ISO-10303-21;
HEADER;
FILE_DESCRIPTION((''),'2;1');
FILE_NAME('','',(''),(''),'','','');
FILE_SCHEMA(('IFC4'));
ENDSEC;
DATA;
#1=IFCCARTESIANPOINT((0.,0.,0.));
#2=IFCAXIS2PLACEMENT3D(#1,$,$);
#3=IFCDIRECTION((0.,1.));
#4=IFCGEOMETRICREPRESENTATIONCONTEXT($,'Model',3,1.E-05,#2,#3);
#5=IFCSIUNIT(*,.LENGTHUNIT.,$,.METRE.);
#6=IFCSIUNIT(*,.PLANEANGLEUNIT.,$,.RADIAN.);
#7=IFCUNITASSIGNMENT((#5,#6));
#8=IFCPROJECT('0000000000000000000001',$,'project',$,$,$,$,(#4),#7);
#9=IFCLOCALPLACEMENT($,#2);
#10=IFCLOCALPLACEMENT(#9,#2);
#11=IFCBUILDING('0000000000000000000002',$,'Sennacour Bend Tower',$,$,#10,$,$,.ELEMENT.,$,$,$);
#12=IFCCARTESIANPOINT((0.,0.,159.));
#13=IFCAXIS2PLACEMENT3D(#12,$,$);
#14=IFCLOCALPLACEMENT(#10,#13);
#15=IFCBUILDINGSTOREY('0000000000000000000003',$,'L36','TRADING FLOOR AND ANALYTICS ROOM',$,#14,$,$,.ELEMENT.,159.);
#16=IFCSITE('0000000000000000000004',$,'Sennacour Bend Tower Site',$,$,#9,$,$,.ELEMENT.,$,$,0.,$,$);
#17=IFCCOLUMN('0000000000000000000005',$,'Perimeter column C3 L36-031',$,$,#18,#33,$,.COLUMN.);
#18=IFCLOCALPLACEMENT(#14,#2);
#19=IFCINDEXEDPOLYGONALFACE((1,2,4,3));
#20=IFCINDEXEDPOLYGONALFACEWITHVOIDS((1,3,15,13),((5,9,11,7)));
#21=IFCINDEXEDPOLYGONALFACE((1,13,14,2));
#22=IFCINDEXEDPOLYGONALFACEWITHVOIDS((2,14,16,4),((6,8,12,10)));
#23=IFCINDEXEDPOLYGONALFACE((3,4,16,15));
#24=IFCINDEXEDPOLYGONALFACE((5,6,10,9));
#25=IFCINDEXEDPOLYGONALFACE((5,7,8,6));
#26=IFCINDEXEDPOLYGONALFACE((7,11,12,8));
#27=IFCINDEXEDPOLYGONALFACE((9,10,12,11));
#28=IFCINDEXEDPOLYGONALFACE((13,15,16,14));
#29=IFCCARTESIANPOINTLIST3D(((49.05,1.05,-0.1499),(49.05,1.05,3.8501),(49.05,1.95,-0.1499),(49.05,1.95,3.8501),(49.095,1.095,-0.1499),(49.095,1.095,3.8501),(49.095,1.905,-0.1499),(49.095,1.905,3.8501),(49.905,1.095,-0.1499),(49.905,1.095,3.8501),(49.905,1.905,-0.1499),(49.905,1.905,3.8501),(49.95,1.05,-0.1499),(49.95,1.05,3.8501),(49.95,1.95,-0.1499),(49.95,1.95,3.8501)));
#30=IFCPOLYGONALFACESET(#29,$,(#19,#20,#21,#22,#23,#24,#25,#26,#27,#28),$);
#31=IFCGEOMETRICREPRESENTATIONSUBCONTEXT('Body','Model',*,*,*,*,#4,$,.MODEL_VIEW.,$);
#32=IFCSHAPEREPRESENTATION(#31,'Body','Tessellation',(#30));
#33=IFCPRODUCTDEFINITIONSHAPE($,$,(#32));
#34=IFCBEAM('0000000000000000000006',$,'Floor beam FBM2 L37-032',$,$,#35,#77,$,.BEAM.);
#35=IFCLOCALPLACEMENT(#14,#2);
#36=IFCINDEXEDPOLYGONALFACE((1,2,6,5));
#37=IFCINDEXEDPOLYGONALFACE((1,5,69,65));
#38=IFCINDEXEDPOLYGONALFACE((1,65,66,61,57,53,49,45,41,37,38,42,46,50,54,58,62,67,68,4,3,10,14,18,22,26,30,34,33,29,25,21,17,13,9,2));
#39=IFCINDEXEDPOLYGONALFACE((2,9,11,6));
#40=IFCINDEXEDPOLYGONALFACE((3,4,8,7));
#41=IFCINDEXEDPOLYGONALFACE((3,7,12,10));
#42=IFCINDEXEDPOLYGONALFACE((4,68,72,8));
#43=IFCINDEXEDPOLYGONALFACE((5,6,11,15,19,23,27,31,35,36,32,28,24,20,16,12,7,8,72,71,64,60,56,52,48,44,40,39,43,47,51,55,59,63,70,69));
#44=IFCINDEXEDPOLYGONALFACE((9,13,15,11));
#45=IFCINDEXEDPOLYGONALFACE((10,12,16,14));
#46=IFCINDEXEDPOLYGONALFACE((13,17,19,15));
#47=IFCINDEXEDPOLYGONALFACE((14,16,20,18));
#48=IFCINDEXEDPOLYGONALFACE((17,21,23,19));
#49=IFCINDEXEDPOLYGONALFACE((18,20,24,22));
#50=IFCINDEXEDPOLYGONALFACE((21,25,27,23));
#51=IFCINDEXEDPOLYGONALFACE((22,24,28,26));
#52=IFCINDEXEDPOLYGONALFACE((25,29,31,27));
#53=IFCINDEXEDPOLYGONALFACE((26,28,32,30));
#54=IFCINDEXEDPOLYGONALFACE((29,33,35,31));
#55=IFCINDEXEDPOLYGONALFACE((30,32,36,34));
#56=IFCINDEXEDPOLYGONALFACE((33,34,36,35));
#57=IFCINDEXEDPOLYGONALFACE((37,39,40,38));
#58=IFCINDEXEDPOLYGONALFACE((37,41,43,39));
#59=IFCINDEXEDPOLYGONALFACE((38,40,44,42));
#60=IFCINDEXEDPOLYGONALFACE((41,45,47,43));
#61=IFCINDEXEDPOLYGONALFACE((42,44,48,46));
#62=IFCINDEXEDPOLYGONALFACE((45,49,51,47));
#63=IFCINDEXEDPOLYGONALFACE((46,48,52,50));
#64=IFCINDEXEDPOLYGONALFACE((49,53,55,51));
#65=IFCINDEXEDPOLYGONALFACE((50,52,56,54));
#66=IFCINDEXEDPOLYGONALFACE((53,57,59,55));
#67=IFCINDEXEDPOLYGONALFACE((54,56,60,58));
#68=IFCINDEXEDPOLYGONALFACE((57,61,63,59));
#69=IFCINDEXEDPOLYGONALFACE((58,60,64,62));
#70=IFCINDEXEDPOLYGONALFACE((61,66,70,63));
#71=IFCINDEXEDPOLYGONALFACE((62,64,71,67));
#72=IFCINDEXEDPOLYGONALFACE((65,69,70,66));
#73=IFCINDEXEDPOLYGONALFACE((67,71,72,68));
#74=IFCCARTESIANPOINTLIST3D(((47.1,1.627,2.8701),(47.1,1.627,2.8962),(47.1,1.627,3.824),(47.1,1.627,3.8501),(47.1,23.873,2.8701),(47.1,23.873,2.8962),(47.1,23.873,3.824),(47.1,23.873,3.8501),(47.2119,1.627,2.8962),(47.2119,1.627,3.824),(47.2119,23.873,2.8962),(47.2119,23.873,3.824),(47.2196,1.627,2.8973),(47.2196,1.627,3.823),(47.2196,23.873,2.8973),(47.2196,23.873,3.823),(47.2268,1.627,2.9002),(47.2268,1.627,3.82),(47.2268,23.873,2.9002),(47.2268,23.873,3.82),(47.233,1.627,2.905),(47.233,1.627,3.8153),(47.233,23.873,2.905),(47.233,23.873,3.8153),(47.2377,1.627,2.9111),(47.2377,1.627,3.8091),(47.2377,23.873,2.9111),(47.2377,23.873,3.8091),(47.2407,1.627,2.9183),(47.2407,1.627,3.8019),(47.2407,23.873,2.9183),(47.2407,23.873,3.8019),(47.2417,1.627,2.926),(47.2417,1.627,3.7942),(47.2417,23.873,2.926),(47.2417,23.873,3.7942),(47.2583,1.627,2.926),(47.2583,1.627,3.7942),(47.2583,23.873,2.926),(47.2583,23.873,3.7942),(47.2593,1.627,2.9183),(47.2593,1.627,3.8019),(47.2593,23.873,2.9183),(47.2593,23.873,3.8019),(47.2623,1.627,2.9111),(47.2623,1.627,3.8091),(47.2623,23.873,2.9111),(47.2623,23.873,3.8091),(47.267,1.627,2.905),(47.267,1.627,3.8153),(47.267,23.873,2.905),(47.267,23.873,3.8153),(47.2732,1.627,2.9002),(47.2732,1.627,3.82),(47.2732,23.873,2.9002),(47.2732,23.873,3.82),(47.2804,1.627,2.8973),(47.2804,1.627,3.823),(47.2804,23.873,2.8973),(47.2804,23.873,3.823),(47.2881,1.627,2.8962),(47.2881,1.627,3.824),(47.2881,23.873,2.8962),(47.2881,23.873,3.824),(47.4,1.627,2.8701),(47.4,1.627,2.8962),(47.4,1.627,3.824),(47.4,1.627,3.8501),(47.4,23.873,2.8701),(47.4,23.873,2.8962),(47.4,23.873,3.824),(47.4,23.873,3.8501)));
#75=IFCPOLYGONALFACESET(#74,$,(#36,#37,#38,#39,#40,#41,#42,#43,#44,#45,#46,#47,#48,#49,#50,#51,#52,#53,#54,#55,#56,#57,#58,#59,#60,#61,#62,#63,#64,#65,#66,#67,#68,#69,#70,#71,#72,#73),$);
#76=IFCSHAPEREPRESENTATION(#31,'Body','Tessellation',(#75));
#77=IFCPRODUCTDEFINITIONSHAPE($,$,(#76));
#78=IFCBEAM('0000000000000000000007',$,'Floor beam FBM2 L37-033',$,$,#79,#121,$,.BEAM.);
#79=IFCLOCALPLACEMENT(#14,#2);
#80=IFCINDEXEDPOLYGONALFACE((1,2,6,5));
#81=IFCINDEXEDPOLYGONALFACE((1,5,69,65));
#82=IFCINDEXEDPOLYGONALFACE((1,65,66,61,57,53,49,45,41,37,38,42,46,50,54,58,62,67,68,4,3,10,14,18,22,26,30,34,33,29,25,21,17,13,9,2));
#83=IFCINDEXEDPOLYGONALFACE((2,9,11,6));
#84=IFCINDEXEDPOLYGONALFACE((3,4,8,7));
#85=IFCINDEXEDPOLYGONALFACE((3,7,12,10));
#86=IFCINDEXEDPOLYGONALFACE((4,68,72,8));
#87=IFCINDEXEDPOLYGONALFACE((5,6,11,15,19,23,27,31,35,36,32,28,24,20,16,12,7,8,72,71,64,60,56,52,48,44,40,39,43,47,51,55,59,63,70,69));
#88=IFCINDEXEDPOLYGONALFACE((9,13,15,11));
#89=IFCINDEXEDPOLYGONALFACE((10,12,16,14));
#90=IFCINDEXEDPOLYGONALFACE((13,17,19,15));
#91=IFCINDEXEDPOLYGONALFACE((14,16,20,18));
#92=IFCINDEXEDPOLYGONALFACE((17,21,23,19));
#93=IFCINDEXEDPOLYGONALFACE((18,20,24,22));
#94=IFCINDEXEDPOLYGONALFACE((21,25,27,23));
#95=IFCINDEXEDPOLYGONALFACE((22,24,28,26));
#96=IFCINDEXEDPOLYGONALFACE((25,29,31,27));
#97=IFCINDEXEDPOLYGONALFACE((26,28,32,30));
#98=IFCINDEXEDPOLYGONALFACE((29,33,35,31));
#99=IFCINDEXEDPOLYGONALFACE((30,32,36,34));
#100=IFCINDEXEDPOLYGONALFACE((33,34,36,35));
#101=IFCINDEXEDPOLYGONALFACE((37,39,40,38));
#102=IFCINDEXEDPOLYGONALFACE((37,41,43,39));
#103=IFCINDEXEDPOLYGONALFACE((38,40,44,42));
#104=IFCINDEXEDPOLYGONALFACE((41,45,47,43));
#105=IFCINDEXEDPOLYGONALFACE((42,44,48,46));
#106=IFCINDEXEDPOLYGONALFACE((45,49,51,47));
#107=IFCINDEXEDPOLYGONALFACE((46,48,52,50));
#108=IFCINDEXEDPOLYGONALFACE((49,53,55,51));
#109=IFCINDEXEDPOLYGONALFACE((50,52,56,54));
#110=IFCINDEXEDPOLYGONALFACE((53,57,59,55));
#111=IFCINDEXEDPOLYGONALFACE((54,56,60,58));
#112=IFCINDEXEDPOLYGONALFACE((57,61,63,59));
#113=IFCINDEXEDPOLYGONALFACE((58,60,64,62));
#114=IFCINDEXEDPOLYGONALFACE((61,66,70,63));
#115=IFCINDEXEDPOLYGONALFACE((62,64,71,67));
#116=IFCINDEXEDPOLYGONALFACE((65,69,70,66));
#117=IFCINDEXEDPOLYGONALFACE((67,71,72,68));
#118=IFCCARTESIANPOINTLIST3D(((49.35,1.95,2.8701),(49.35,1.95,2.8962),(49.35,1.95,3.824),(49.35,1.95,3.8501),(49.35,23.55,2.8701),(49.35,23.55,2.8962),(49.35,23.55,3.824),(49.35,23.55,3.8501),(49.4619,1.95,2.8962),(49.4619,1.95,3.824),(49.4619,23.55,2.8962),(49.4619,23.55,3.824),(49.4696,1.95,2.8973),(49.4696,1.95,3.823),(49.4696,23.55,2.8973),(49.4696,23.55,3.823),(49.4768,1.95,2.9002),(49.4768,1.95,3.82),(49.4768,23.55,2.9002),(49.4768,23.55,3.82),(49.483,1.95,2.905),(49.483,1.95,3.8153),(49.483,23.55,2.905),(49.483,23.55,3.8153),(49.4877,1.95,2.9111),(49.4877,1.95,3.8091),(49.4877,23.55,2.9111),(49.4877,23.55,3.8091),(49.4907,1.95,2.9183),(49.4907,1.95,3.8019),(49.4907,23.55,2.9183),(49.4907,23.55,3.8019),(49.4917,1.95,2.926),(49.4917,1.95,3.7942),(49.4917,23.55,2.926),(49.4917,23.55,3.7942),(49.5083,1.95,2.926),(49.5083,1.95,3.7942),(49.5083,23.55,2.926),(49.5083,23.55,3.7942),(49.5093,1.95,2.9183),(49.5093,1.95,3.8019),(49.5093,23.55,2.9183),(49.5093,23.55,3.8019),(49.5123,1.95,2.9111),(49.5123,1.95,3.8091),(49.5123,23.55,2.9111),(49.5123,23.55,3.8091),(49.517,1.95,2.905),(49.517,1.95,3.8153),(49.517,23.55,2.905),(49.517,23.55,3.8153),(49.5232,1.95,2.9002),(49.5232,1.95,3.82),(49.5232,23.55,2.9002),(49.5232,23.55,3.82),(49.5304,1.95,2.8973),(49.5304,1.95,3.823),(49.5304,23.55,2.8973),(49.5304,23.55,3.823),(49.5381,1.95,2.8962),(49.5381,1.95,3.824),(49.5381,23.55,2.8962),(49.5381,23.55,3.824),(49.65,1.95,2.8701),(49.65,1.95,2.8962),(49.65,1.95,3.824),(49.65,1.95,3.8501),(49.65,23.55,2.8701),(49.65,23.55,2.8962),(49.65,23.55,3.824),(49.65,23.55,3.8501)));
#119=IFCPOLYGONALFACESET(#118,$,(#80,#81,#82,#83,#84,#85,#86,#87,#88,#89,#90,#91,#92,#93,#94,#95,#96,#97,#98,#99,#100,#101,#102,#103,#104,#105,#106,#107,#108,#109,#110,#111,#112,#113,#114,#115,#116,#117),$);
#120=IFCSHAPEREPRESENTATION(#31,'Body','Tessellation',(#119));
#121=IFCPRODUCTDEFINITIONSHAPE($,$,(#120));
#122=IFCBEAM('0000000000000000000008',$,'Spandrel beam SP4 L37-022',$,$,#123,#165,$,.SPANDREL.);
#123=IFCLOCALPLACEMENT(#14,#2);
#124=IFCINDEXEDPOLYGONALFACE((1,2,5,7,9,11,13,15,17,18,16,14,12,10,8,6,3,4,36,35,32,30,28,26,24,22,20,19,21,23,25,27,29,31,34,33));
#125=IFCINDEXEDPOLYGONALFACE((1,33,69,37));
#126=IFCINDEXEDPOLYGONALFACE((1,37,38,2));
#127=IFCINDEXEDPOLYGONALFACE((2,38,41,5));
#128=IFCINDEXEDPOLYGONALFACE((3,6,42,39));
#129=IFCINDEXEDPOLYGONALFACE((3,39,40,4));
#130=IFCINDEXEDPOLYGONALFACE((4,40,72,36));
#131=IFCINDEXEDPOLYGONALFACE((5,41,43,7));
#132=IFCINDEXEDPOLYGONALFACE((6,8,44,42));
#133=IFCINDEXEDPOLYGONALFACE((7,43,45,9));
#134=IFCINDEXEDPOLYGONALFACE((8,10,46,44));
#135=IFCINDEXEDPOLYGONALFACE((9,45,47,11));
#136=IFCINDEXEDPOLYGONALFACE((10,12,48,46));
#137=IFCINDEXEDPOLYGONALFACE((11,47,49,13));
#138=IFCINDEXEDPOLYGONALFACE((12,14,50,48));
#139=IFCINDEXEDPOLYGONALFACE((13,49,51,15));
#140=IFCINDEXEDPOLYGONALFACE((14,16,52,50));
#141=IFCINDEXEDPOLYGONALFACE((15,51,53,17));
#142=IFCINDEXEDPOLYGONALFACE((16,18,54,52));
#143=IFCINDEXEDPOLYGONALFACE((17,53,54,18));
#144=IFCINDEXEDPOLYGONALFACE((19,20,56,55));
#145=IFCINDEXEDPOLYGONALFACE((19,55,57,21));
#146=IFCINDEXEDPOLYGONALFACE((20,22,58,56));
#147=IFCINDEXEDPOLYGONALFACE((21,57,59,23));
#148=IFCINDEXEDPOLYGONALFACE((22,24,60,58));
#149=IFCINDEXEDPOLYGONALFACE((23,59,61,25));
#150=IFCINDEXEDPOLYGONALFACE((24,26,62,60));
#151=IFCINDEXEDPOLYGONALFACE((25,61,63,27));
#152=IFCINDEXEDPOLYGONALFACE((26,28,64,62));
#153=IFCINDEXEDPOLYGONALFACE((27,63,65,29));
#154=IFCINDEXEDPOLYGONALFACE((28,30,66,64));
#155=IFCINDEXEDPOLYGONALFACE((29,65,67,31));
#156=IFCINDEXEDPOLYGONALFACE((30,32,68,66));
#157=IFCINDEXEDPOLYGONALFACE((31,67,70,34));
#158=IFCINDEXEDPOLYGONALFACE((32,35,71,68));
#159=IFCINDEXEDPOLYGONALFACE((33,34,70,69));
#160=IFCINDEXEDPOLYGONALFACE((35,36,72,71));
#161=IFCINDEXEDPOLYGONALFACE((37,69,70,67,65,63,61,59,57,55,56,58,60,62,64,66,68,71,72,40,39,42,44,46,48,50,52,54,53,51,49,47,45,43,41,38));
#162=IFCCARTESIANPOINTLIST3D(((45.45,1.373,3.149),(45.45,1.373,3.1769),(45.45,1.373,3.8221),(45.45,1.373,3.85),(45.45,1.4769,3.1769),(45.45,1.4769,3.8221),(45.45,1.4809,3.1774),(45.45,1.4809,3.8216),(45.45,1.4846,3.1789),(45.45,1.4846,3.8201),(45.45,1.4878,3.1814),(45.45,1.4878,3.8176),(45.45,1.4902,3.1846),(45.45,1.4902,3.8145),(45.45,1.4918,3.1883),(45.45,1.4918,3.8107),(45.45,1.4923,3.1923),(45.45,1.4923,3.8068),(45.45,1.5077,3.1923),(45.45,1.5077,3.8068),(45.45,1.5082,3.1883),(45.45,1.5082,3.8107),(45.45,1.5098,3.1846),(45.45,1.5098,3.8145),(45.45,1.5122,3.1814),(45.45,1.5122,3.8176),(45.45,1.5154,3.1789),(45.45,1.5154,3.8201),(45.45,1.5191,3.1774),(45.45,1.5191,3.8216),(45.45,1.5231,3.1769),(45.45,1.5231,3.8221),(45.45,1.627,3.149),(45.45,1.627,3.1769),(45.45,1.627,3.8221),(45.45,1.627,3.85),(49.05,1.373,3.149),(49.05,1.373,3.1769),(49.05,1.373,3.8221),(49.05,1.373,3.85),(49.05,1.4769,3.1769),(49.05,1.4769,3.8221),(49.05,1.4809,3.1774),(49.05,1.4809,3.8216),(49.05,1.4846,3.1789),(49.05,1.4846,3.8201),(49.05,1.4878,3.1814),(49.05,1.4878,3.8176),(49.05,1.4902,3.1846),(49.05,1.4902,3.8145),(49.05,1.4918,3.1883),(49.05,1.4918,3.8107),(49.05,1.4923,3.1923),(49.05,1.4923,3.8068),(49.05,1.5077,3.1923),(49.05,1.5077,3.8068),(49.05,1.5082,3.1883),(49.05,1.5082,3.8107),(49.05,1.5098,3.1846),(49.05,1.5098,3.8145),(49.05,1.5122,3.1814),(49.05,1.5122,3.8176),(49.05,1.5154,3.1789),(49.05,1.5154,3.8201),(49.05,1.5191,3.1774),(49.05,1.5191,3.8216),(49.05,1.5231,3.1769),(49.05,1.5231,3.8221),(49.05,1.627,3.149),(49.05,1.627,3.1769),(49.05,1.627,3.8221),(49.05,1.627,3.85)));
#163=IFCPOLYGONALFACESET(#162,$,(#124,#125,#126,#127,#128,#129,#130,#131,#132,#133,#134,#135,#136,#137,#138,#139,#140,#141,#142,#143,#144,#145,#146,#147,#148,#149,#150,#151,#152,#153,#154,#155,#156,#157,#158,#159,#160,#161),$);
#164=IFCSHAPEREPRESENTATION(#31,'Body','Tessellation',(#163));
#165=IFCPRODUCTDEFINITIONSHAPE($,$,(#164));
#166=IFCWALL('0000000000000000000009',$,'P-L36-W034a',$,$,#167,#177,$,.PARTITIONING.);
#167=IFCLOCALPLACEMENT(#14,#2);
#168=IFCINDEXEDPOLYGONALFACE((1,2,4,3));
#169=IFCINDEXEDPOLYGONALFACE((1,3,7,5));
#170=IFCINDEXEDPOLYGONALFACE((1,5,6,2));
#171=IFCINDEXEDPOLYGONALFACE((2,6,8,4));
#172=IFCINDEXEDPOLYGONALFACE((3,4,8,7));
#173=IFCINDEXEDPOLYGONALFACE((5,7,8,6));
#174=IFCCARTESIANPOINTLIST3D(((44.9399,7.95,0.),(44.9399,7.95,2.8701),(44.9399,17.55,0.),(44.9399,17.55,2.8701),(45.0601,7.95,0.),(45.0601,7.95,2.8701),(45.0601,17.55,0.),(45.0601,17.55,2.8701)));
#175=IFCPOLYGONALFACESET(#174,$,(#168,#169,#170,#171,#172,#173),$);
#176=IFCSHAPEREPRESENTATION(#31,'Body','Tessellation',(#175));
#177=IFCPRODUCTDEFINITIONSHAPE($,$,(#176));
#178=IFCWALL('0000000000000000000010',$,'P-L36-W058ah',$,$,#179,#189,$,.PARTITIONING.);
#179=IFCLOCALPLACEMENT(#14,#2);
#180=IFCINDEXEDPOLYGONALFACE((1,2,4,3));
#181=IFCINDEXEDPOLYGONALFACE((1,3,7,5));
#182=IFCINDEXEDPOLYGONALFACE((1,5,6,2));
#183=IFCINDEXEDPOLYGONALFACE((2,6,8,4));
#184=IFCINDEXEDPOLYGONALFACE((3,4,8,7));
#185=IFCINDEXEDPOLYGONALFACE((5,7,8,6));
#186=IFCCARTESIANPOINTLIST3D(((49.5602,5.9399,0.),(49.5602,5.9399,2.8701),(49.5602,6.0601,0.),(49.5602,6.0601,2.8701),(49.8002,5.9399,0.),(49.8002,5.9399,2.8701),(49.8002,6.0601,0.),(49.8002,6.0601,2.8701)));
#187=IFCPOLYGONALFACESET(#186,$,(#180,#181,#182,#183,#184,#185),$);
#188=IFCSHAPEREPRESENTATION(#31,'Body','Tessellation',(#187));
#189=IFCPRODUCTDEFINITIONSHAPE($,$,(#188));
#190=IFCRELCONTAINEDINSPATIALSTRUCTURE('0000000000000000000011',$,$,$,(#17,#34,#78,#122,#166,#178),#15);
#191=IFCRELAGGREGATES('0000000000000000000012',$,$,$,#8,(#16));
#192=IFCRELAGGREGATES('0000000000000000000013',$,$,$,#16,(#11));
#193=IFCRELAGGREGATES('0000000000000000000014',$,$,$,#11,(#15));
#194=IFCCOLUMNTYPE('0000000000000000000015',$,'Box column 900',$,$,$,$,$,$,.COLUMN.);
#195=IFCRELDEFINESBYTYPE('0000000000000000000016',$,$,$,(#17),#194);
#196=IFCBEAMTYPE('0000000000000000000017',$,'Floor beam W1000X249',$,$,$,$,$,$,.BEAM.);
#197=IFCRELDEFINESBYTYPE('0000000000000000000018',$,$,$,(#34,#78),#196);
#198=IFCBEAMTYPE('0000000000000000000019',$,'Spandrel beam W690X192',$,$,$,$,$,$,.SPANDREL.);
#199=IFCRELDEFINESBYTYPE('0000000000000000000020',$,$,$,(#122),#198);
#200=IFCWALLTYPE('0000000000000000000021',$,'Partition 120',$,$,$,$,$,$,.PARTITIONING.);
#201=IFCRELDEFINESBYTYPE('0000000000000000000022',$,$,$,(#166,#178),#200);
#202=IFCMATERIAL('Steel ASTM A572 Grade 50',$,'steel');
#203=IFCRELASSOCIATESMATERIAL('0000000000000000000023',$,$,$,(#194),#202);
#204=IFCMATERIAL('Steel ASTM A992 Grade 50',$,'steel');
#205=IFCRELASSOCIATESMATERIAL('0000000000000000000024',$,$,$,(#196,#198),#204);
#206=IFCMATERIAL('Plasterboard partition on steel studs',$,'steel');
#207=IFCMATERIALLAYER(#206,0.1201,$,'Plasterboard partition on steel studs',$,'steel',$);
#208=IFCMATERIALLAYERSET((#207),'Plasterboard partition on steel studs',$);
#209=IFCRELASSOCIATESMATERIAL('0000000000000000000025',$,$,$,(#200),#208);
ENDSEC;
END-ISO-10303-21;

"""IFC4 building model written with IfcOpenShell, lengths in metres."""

from ifc_helpers import new_model, si_unit, direction, frame, frame_2d, origin, origin_2d, place, context, subcontext, project, spatial, rectangle, hollow_rectangle, i_section, extrude, material, layer, layer_set, material_profile, profile_set, type_object, element, save


model = new_model("IFC4")

# Units and contexts
model_context = context("Model", 3, precision=1e-05, world=origin(), true_north=direction((0.0, 1.0)))
body_context = subcontext(model_context, "Body", "Model", "MODEL_VIEW")
ifc_project = project(units=[si_unit("LENGTHUNIT", "METRE"), si_unit("PLANEANGLEUNIT", "RADIAN")], contexts=[model_context])

# Site, building, storey
site_placement = place(None, origin())
site = spatial("IfcSite", under=ifc_project, at=site_placement, Name="Sennacour Bend Tower Site", CompositionType="ELEMENT", RefElevation=0.0)
building_placement = place(site_placement, origin())
building = spatial("IfcBuilding", under=site, at=building_placement, Name="Sennacour Bend Tower", CompositionType="ELEMENT")
storey_placement = place(building_placement, frame((0.0, 0.0, 159.0)))
storey = spatial("IfcBuildingStorey", under=building, at=storey_placement, Name="L36", Description="TRADING FLOOR AND ANALYTICS ROOM", CompositionType="ELEMENT", Elevation=159.0)

# Column
ifc_material_1 = material(Name="Steel ASTM A572 Grade 50", Category="steel")
ifc_material_profile_1 = material_profile(ifc_material_1, hollow_rectangle(XDim=0.8999, YDim=0.8999, WallThickness=0.0449, at=origin_2d()), Name="Steel ASTM A572 Grade 50", Category="steel")
ifc_profile_set_1 = profile_set([ifc_material_profile_1], Name="Steel ASTM A572 Grade 50")
column_type = type_object("IfcColumnType", Name="Box column 900", PredefinedType="COLUMN", material=ifc_profile_set_1)
column_placement = place(storey_placement, frame((49.5, 1.5, -0.1499), z_axis=(0.0, 0.0, 1.0), x_axis=(1.0, 0.0, 0.0)))
element("IfcColumn", 1, at=column_placement, inside=storey, type_object=column_type, Name="Perimeter column C3 L36-031", PredefinedType="COLUMN", context=body_context, shape_type="SweptSolid", body=[
    extrude(hollow_rectangle(XDim=0.8999, YDim=0.8999, WallThickness=0.0449, at=origin_2d()), origin(), (0.0, 0.0, 1.0), 4.0),
])

# Beams
ifc_material_2 = material(Name="Steel ASTM A992 Grade 50", Category="steel")
ifc_material_profile_2 = material_profile(ifc_material_2, i_section(OverallWidth=0.3, OverallDepth=0.98, WebThickness=0.0166, FlangeThickness=0.0261, FilletRadius=0.0298, at=origin_2d()), Name="Steel ASTM A992 Grade 50", Category="steel")
ifc_profile_set_2 = profile_set([ifc_material_profile_2], Name="Steel ASTM A992 Grade 50")
beam_type_1 = type_object("IfcBeamType", Name="Floor beam W1000X249", PredefinedType="BEAM", material=ifc_profile_set_2)
beam_1_placement = place(storey_placement, frame((47.25, 1.627, 3.3601), z_axis=(0.0, 1.0, 0.0), x_axis=(-1.0, 0.0, 0.0)))
element("IfcBeam", 2, at=beam_1_placement, inside=storey, type_object=beam_type_1, Name="Floor beam FBM2 L37-032", PredefinedType="BEAM", context=body_context, shape_type="SweptSolid", body=[
    extrude(i_section(OverallWidth=0.3, OverallDepth=0.98, WebThickness=0.0166, FlangeThickness=0.0261, FilletRadius=0.0298, at=origin_2d()), origin(), (0.0, 0.0, 1.0), 22.2461),
])
beam_2_placement = place(storey_placement, frame((49.5, 1.95, 3.3601), z_axis=(0.0, 1.0, 0.0), x_axis=(-1.0, 0.0, 0.0)))
element("IfcBeam", 3, at=beam_2_placement, inside=storey, type_object=beam_type_1, Name="Floor beam FBM2 L37-033", PredefinedType="BEAM", context=body_context, shape_type="SweptSolid", body=[
    extrude(i_section(OverallWidth=0.3, OverallDepth=0.98, WebThickness=0.0166, FlangeThickness=0.0261, FilletRadius=0.0298, at=origin_2d()), origin(), (0.0, 0.0, 1.0), 21.6001),
])
ifc_material_profile_3 = material_profile(ifc_material_2, i_section(OverallWidth=0.2539, OverallDepth=0.7009, WebThickness=0.0154, FlangeThickness=0.0278, FilletRadius=0.0154, at=origin_2d()), Name="Steel ASTM A992 Grade 50", Category="steel")
ifc_profile_set_3 = profile_set([ifc_material_profile_3], Name="Steel ASTM A992 Grade 50")
beam_type_2 = type_object("IfcBeamType", Name="Spandrel beam W690X192", PredefinedType="SPANDREL", material=ifc_profile_set_3)
beam_3_placement = place(storey_placement, frame((49.05, 1.5, 3.4995), z_axis=(-1.0, 0.0, 0.0), x_axis=(0.0, -1.0, 0.0)))
element("IfcBeam", 4, at=beam_3_placement, inside=storey, type_object=beam_type_2, Name="Spandrel beam SP4 L37-022", PredefinedType="SPANDREL", context=body_context, shape_type="SweptSolid", body=[
    extrude(i_section(OverallWidth=0.2539, OverallDepth=0.7009, WebThickness=0.0154, FlangeThickness=0.0278, FilletRadius=0.0154, at=origin_2d()), origin(), (0.0, 0.0, 1.0), 3.6001),
])

# Walls
ifc_material_3 = material(Name="Plasterboard partition on steel studs", Category="steel")
ifc_layer_1 = layer(ifc_material_3, 0.1201, Name="Plasterboard partition on steel studs", Category="steel")
ifc_layer_set_1 = layer_set([ifc_layer_1], Name="Plasterboard partition on steel studs")
wall_type_1 = type_object("IfcWallType", Name="Partition 120", PredefinedType="PARTITIONING", material=ifc_layer_set_1)
wall_1_placement = place(storey_placement, frame((45.0, 7.95, 0.0), z_axis=(0.0, 0.0, 1.0), x_axis=(0.0, 1.0, 0.0)))
element("IfcWall", 5, at=wall_1_placement, inside=storey, type_object=wall_type_1, Name="P-L36-W034a", PredefinedType="PARTITIONING", context=body_context, shape_type="SweptSolid", body=[
    extrude(rectangle(XDim=9.6001, YDim=0.1201, at=frame_2d((4.8, 0.0))), origin(), (0.0, 0.0, 1.0), 2.8701),
])
wall_2_placement = place(storey_placement, frame((49.5601, 6.0, 0.0), z_axis=(0.0, 0.0, 1.0), x_axis=(1.0, 0.0, 0.0)))
element("IfcWall", 6, at=wall_2_placement, inside=storey, type_object=wall_type_1, Name="P-L36-W058ah", PredefinedType="PARTITIONING", context=body_context, shape_type="SweptSolid", body=[
    extrude(rectangle(XDim=0.24, YDim=0.1201, at=frame_2d((0.1201, 0.0))), origin(), (0.0, 0.0, 1.0), 2.8701),
])

save(model, "model.ifc")
